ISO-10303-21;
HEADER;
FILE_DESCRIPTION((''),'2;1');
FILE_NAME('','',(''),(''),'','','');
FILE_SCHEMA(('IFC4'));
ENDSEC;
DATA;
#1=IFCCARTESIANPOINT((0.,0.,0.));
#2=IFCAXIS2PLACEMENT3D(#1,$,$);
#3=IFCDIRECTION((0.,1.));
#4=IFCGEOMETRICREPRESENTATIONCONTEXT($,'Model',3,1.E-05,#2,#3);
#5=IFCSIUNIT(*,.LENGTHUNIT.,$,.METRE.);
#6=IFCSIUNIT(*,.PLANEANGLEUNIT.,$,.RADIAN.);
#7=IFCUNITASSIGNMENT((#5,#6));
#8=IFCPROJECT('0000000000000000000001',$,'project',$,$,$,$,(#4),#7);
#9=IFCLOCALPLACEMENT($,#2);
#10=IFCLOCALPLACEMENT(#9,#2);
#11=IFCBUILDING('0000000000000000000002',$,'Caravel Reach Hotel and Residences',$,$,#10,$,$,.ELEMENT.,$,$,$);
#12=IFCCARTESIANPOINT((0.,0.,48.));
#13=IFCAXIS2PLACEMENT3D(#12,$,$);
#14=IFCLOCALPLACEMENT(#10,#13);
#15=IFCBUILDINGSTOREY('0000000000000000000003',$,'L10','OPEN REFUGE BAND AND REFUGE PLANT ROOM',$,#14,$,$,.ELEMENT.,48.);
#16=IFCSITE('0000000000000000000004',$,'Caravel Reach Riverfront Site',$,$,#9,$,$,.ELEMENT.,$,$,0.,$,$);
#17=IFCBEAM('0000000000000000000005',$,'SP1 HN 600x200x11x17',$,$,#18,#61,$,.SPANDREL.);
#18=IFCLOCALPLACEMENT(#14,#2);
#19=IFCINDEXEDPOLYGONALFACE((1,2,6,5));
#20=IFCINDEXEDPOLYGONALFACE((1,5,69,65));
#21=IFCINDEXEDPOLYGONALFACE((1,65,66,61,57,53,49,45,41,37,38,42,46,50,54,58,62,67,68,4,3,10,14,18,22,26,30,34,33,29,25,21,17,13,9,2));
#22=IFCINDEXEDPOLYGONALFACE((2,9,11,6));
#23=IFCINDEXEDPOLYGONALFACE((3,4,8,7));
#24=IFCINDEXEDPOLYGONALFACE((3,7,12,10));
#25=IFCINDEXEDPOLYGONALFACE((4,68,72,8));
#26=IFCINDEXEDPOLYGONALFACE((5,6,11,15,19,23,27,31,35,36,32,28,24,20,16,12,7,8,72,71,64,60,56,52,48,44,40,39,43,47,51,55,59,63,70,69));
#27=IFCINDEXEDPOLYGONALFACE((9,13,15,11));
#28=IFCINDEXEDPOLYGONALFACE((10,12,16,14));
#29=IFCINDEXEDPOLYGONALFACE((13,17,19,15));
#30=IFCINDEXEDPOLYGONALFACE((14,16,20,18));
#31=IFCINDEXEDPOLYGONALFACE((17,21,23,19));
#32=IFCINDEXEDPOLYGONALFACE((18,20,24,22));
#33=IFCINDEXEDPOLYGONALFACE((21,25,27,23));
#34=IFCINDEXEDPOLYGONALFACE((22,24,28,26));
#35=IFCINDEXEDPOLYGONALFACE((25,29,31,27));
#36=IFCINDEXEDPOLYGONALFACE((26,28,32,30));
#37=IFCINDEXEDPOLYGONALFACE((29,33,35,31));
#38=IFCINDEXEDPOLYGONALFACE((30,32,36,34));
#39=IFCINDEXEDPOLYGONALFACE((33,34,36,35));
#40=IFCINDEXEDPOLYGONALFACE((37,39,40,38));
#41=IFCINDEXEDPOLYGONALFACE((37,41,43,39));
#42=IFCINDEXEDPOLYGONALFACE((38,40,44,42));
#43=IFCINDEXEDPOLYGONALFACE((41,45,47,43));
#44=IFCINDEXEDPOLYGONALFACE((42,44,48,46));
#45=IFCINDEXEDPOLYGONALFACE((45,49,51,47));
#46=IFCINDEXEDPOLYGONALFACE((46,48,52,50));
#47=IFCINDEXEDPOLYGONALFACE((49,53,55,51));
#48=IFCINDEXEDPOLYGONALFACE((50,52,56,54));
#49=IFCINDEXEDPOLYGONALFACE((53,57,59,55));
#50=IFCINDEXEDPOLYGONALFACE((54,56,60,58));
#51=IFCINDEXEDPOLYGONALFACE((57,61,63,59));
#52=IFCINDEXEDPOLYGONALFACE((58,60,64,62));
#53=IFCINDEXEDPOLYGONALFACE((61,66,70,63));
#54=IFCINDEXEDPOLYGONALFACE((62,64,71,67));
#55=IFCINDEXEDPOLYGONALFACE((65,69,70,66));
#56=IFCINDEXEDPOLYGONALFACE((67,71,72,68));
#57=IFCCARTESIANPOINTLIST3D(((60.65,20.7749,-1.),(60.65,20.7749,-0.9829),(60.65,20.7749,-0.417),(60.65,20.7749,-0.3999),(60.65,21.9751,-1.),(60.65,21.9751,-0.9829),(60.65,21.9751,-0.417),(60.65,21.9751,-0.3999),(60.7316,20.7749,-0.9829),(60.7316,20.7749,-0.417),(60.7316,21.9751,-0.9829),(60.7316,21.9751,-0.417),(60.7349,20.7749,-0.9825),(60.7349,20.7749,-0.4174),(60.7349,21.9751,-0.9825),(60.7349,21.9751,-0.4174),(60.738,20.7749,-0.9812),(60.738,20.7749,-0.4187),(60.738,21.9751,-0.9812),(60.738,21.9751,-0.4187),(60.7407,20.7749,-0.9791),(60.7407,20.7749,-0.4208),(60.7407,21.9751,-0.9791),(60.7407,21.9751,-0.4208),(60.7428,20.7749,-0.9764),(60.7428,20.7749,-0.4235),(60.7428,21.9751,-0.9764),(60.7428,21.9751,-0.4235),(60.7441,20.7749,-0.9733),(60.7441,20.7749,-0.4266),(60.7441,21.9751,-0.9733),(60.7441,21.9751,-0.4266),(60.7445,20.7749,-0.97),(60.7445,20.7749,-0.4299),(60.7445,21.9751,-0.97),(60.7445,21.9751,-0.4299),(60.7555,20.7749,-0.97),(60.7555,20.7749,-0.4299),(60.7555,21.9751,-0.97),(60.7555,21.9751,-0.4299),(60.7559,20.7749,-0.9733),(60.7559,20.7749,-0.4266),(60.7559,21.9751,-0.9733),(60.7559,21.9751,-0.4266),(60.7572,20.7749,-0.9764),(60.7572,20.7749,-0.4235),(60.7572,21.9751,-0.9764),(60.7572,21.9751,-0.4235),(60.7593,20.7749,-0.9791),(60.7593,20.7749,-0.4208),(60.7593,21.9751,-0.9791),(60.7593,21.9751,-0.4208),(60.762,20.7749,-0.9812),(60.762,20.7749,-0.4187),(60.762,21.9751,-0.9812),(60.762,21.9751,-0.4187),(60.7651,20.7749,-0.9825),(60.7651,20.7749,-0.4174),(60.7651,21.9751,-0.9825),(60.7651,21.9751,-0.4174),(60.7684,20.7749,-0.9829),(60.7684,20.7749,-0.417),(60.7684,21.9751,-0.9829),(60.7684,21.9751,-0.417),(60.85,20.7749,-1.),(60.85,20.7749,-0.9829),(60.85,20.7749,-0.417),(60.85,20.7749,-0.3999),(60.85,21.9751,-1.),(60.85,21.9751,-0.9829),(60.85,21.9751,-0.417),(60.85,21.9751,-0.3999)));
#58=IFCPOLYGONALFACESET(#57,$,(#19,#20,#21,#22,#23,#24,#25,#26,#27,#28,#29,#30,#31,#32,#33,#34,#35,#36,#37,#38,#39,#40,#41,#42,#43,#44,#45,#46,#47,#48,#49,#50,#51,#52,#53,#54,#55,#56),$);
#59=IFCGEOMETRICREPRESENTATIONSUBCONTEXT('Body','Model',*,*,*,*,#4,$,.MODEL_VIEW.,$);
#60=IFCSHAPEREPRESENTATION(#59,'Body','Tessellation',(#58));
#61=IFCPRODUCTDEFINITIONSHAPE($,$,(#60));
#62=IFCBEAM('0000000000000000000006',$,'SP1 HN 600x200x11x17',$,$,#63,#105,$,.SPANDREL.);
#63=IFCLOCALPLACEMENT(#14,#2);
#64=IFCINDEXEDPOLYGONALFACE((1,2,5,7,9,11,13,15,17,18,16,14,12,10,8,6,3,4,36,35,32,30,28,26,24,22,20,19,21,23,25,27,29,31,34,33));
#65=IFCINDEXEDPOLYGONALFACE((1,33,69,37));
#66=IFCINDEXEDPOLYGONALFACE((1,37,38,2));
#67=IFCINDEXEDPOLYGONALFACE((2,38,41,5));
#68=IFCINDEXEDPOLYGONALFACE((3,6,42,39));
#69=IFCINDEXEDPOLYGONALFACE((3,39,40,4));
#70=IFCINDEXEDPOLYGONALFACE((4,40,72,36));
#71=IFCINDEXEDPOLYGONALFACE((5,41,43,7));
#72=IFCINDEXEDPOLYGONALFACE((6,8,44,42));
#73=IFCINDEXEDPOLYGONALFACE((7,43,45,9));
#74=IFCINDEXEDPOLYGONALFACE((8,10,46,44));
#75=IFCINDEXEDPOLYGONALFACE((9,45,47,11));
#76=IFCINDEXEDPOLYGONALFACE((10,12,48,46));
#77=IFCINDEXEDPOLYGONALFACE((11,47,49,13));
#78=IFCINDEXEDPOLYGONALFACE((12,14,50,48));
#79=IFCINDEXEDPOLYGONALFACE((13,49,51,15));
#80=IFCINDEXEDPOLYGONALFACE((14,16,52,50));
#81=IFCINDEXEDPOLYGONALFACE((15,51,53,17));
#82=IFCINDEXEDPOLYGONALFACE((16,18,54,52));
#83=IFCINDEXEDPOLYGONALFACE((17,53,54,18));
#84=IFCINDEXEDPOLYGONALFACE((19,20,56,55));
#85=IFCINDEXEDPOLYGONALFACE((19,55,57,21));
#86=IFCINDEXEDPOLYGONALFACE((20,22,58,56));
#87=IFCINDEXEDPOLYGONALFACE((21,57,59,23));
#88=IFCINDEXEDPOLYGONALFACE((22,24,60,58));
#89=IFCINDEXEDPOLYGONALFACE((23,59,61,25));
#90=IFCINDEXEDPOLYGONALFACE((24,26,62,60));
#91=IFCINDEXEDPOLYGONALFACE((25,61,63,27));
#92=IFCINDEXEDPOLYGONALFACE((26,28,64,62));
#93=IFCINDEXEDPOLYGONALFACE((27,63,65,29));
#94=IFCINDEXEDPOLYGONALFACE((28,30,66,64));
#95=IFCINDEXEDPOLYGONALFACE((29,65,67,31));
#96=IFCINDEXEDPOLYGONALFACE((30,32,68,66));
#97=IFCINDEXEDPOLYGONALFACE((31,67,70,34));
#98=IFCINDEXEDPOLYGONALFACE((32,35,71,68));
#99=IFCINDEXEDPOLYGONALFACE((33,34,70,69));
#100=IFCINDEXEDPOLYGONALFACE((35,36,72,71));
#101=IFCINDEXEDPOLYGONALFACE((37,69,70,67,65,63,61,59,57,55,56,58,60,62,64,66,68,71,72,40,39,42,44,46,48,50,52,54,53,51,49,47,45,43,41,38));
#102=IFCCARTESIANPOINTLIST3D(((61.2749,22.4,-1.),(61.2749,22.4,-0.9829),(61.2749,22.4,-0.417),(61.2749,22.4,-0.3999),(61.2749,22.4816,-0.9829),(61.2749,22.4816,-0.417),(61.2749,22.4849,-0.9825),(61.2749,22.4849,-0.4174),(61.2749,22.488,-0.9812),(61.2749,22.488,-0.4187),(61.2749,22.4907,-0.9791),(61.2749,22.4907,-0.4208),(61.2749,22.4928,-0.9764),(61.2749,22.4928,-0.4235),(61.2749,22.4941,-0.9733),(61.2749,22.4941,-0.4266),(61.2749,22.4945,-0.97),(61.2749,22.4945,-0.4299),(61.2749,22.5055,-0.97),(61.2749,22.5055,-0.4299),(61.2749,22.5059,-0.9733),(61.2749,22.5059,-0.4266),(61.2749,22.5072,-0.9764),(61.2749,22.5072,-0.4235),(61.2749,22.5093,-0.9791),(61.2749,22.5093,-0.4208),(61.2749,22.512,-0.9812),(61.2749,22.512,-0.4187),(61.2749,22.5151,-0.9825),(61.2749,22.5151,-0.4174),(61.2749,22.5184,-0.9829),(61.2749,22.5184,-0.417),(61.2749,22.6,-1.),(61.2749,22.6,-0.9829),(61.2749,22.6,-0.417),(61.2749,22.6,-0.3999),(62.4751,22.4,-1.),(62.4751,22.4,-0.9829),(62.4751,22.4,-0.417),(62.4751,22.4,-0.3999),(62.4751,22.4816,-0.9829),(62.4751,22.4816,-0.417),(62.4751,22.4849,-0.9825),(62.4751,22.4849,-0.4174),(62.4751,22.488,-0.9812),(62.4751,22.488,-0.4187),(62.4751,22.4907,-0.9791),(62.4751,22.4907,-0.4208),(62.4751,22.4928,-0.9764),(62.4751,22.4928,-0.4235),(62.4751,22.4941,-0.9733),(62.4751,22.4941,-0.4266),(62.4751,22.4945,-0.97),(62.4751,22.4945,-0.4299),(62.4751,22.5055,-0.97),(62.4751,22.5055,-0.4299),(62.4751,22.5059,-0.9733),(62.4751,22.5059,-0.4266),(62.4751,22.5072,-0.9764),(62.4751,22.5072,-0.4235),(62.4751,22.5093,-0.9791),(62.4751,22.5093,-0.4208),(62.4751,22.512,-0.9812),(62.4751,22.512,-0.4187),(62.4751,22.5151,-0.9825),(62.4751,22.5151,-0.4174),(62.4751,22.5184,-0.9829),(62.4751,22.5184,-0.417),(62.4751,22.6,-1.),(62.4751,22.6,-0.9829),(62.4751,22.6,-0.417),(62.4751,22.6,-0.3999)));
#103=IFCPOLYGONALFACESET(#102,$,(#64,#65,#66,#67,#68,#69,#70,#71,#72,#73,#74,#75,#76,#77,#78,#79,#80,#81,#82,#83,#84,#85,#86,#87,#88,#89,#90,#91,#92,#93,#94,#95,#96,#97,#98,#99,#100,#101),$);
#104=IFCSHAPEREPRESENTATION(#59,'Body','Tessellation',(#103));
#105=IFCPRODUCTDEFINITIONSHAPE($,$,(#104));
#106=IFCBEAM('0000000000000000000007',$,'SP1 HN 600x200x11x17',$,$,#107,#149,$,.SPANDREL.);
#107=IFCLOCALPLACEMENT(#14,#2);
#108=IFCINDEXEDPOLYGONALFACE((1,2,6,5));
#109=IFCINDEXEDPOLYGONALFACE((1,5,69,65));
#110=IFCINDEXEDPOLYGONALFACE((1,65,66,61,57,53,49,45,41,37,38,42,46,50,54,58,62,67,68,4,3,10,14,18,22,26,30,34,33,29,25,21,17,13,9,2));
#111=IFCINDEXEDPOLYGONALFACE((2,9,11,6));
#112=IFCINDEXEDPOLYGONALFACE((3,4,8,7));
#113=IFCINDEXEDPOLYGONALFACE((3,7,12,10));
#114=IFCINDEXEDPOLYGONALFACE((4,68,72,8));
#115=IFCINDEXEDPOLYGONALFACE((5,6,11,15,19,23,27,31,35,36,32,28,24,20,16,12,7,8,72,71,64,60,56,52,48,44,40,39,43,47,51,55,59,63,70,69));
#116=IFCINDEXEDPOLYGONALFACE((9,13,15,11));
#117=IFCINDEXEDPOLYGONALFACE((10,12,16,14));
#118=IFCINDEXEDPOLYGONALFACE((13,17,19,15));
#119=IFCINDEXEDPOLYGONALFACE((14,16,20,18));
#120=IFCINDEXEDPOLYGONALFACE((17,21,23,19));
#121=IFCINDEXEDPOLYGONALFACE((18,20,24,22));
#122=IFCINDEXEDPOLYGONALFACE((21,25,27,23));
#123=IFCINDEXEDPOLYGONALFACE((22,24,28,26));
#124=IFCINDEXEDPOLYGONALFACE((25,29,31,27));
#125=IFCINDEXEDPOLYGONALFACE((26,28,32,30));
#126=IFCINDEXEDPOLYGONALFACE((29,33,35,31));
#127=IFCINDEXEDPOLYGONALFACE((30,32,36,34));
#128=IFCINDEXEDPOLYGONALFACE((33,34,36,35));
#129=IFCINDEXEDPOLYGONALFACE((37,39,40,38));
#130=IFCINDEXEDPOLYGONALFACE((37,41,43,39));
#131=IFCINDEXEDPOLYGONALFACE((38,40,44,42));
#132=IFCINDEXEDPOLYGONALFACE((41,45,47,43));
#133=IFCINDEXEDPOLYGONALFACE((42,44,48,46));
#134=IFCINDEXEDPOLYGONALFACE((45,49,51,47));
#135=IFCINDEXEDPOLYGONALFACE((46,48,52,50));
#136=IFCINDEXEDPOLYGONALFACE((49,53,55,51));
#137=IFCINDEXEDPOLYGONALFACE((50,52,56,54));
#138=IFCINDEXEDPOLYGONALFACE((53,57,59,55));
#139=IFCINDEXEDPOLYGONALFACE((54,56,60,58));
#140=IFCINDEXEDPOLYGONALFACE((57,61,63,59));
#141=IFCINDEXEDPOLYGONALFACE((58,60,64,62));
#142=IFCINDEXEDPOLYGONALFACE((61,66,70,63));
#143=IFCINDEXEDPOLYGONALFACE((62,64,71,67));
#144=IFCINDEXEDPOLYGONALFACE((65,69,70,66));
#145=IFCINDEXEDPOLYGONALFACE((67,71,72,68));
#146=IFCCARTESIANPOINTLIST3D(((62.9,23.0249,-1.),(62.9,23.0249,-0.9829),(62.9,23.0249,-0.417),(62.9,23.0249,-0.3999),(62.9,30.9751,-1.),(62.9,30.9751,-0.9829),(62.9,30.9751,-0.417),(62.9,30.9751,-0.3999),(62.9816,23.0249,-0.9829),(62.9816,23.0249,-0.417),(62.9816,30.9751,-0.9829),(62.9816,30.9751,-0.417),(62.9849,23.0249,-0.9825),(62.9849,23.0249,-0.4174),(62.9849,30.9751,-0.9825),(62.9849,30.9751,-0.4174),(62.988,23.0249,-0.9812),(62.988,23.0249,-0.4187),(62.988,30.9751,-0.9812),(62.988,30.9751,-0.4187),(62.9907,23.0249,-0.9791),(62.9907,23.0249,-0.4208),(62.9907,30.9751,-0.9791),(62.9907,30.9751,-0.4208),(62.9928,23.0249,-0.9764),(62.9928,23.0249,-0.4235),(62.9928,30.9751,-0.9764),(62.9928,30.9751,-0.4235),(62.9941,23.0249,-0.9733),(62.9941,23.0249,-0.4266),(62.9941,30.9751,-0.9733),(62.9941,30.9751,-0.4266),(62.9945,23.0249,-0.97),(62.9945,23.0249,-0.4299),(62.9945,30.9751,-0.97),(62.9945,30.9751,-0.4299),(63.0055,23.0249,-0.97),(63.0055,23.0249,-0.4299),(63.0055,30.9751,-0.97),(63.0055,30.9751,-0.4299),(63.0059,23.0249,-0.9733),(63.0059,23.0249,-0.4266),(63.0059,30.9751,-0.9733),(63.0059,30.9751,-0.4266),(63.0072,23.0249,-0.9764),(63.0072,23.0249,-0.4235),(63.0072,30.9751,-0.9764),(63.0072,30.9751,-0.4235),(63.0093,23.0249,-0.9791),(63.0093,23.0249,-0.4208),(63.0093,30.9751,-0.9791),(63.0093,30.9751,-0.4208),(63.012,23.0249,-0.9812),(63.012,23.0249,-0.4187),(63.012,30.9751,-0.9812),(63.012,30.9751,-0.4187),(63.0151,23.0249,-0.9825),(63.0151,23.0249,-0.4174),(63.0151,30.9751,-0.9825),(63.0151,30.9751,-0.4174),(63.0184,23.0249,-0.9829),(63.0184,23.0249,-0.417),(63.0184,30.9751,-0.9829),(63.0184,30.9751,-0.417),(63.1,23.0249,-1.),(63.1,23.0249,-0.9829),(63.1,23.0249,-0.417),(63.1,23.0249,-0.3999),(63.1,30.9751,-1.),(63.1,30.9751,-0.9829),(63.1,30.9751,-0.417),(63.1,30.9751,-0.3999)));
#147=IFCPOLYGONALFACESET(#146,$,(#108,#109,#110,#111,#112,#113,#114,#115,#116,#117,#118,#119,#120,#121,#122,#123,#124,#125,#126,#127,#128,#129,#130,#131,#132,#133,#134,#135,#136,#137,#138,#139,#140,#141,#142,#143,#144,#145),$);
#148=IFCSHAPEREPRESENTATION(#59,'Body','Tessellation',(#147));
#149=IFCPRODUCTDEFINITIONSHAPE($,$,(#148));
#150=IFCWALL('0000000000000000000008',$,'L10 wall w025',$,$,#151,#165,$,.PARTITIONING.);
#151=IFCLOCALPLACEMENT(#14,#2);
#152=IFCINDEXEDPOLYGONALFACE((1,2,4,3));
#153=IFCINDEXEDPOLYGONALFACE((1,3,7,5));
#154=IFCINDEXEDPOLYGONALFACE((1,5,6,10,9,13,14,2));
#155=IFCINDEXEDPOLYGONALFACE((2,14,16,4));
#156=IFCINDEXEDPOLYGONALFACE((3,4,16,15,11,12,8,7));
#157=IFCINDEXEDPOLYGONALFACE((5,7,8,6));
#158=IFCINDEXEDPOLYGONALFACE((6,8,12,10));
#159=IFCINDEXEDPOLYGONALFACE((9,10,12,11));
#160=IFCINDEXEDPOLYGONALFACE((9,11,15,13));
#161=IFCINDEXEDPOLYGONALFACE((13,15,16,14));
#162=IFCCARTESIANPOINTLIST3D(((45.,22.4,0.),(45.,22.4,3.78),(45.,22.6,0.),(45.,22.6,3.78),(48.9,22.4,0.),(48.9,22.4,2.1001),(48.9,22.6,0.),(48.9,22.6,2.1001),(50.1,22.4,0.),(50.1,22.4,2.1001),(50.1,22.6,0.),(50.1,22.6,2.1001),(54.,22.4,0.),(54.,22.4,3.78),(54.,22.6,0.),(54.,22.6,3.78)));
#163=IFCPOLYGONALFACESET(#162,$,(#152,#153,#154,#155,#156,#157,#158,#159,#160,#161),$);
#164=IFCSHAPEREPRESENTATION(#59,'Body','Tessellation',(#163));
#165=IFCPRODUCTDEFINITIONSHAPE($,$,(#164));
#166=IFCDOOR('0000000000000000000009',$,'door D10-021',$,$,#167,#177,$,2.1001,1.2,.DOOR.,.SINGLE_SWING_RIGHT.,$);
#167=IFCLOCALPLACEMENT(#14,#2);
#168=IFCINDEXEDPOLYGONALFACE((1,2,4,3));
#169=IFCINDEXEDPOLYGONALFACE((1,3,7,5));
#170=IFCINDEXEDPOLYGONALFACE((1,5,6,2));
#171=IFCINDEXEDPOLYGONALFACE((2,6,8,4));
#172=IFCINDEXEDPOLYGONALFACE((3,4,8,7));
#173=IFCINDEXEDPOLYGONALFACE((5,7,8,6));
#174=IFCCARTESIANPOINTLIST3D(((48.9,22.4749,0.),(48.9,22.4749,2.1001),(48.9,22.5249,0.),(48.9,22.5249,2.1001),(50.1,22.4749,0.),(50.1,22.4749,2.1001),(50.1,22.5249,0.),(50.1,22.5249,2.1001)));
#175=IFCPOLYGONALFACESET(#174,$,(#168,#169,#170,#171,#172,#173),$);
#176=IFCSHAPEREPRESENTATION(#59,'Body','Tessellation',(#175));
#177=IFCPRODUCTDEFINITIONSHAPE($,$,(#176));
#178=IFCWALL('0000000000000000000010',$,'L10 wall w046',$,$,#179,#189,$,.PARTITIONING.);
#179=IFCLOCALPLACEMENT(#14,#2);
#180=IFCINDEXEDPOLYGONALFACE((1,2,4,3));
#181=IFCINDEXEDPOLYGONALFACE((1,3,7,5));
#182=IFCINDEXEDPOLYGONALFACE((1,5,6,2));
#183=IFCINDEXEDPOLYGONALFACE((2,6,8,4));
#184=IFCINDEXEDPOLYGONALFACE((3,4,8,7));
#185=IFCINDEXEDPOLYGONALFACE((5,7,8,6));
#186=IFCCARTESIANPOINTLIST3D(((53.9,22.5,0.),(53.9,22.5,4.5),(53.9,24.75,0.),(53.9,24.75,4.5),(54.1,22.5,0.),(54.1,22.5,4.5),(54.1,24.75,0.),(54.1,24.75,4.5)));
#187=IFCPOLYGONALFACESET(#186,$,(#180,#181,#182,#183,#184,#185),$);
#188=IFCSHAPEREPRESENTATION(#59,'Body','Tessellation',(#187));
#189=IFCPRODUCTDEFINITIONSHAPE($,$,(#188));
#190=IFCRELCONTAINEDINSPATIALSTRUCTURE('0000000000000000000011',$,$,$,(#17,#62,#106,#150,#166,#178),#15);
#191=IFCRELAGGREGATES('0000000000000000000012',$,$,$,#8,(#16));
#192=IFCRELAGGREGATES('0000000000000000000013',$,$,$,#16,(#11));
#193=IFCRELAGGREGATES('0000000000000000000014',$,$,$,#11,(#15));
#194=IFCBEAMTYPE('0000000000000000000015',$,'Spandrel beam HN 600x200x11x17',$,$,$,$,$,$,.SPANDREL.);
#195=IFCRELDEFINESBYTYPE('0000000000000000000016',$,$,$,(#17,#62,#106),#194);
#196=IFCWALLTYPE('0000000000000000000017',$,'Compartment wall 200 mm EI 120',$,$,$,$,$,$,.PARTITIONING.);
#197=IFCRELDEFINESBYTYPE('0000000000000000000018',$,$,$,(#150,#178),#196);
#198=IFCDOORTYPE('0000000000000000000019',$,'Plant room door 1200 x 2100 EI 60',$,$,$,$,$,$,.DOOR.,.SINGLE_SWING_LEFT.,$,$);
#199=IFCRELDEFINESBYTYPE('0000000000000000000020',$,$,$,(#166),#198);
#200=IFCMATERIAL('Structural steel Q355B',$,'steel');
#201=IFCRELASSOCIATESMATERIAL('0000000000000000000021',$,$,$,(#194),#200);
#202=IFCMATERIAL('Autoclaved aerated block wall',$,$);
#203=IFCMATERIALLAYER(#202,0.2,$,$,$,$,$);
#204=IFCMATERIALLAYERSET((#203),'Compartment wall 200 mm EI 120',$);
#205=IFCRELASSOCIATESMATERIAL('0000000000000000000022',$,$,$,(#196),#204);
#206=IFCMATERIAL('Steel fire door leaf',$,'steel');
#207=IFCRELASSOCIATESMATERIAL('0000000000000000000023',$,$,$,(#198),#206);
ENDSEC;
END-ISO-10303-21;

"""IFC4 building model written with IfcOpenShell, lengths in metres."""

from ifc_helpers import new_model, si_unit, direction, frame, frame_2d, origin, origin_2d, place, context, subcontext, project, spatial, rectangle, i_section, extrude, material, layer, layer_set, material_profile, profile_set, type_object, element, fill, save


model = new_model("IFC4")

# Units and contexts
model_context = context("Model", 3, precision=1e-05, world=origin(), true_north=direction((0.0, 1.0)))
body_context = subcontext(model_context, "Body", "Model", "MODEL_VIEW")
ifc_project = project(units=[si_unit("LENGTHUNIT", "METRE"), si_unit("PLANEANGLEUNIT", "RADIAN")], contexts=[model_context])

# Site, building, storey
site_placement = place(None, origin())
site = spatial("IfcSite", under=ifc_project, at=site_placement, Name="Caravel Reach Riverfront Site", CompositionType="ELEMENT", RefElevation=0.0)
building_placement = place(site_placement, origin())
building = spatial("IfcBuilding", under=site, at=building_placement, Name="Caravel Reach Hotel and Residences", CompositionType="ELEMENT")
storey_placement = place(building_placement, frame((0.0, 0.0, 48.0)))
storey = spatial("IfcBuildingStorey", under=building, at=storey_placement, Name="L10", Description="OPEN REFUGE BAND AND REFUGE PLANT ROOM", CompositionType="ELEMENT", Elevation=48.0)

# Beams
ifc_material_1 = material(Name="Structural steel Q355B", Category="steel")
ifc_material_profile_1 = material_profile(ifc_material_1, i_section(OverallWidth=0.2, OverallDepth=0.6001, WebThickness=0.011, FlangeThickness=0.0171, FilletRadius=0.0129, at=origin_2d()), Name="HN 600x200x11x17")
ifc_profile_set_1 = profile_set([ifc_material_profile_1], Name="Structural steel Q355B")
beam_type_1 = type_object("IfcBeamType", Name="Spandrel beam HN 600x200x11x17", PredefinedType="SPANDREL", material=ifc_profile_set_1)
for number, where, z_axis, x_axis, name in (
    (1, (60.75, 20.7749, -0.7), (0.0, 1.0, 0.0), (-1.0, 0.0, 0.0), "SP1 HN 600x200x11x17"),
    (2, (61.2749, 22.5, -0.7), (1.0, 0.0, 0.0), (0.0, 1.0, 0.0), "SP1 HN 600x200x11x17"),
):
    element("IfcBeam", number, at=place(storey_placement, frame(where, z_axis=z_axis, x_axis=x_axis)), inside=storey, type_object=beam_type_1, Name=name, PredefinedType="SPANDREL", context=body_context, shape_type="SweptSolid", body=[
        extrude(i_section(OverallWidth=0.2, OverallDepth=0.6001, WebThickness=0.011, FlangeThickness=0.0171, FilletRadius=0.0129, at=origin_2d()), origin(), (0.0, 0.0, 1.0), 1.2002),
    ])
beam_1_placement = place(storey_placement, frame((63.0, 23.0249, -0.7), z_axis=(0.0, 1.0, 0.0), x_axis=(-1.0, 0.0, 0.0)))
element("IfcBeam", 3, at=beam_1_placement, inside=storey, type_object=beam_type_1, Name="SP1 HN 600x200x11x17", PredefinedType="SPANDREL", context=body_context, shape_type="SweptSolid", body=[
    extrude(i_section(OverallWidth=0.2, OverallDepth=0.6001, WebThickness=0.011, FlangeThickness=0.0171, FilletRadius=0.0129, at=origin_2d()), origin(), (0.0, 0.0, 1.0), 7.9502),
])

# Wall, opening, door
ifc_material_2 = material(Name="Autoclaved aerated block wall")
ifc_layer_1 = layer(ifc_material_2, 0.2)
ifc_layer_set_1 = layer_set([ifc_layer_1], Name="Compartment wall 200 mm EI 120")
wall_type_1 = type_object("IfcWallType", Name="Compartment wall 200 mm EI 120", PredefinedType="PARTITIONING", material=ifc_layer_set_1)
wall_1_placement = place(storey_placement, frame((45.0, 22.5, 0.0), z_axis=(0.0, 0.0, 1.0), x_axis=(1.0, 0.0, 0.0)))
wall_1 = element("IfcWall", 4, at=wall_1_placement, inside=storey, type_object=wall_type_1, Name="L10 wall w025", PredefinedType="PARTITIONING", context=body_context, shape_type="SweptSolid", body=[
    extrude(rectangle(XDim=9.0, YDim=0.2, at=frame_2d((4.5, 0.0))), origin(), (0.0, 0.0, 1.0), 3.78),
])
opening_placement = place(wall_1_placement, frame((3.8999, 0.0, 0.0)))
opening = element("IfcOpeningElement", 5, at=opening_placement, cuts=wall_1, PredefinedType="OPENING", context=body_context, shape_type="SweptSolid", body=[
    extrude(rectangle(XDim=1.2, YDim=2.1001, at=frame_2d((0.6001, 1.05))), frame((0.0, 0.1099, 0.0), z_axis=(0.0, -1.0, 0.0), x_axis=(1.0, 0.0, 0.0)), (0.0, 0.0, 1.0), 0.22),
])
ifc_material_3 = material(Name="Steel fire door leaf", Category="steel")
door_type = type_object("IfcDoorType", Name="Plant room door 1200 x 2100 EI 60", OperationType="SINGLE_SWING_LEFT", PredefinedType="DOOR", material=ifc_material_3)
door_placement = place(opening_placement, origin())
door = element("IfcDoor", 6, at=door_placement, inside=storey, type_object=door_type, Name="door D10-021", OperationType="SINGLE_SWING_RIGHT", OverallHeight=2.1001, OverallWidth=1.2, PredefinedType="DOOR", context=body_context, shape_type="SweptSolid", body=[
    extrude(rectangle(XDim=1.2, YDim=2.1001, at=frame_2d((0.6001, 1.05))), frame((0.0, 0.0249, 0.0), z_axis=(0.0, -1.0, 0.0), x_axis=(1.0, 0.0, 0.0)), (0.0, 0.0, 1.0), 0.05),
])
fill(opening, door)

# Wall
wall_2_placement = place(storey_placement, frame((54.0, 22.5, 0.0), z_axis=(0.0, 0.0, 1.0), x_axis=(0.0, 1.0, 0.0)))
element("IfcWall", 7, at=wall_2_placement, inside=storey, type_object=wall_type_1, Name="L10 wall w046", PredefinedType="PARTITIONING", context=body_context, shape_type="SweptSolid", body=[
    extrude(rectangle(XDim=2.25, YDim=0.2, at=frame_2d((1.125, 0.0))), origin(), (0.0, 0.0, 1.0), 4.5),
])

save(model, "model.ifc")
